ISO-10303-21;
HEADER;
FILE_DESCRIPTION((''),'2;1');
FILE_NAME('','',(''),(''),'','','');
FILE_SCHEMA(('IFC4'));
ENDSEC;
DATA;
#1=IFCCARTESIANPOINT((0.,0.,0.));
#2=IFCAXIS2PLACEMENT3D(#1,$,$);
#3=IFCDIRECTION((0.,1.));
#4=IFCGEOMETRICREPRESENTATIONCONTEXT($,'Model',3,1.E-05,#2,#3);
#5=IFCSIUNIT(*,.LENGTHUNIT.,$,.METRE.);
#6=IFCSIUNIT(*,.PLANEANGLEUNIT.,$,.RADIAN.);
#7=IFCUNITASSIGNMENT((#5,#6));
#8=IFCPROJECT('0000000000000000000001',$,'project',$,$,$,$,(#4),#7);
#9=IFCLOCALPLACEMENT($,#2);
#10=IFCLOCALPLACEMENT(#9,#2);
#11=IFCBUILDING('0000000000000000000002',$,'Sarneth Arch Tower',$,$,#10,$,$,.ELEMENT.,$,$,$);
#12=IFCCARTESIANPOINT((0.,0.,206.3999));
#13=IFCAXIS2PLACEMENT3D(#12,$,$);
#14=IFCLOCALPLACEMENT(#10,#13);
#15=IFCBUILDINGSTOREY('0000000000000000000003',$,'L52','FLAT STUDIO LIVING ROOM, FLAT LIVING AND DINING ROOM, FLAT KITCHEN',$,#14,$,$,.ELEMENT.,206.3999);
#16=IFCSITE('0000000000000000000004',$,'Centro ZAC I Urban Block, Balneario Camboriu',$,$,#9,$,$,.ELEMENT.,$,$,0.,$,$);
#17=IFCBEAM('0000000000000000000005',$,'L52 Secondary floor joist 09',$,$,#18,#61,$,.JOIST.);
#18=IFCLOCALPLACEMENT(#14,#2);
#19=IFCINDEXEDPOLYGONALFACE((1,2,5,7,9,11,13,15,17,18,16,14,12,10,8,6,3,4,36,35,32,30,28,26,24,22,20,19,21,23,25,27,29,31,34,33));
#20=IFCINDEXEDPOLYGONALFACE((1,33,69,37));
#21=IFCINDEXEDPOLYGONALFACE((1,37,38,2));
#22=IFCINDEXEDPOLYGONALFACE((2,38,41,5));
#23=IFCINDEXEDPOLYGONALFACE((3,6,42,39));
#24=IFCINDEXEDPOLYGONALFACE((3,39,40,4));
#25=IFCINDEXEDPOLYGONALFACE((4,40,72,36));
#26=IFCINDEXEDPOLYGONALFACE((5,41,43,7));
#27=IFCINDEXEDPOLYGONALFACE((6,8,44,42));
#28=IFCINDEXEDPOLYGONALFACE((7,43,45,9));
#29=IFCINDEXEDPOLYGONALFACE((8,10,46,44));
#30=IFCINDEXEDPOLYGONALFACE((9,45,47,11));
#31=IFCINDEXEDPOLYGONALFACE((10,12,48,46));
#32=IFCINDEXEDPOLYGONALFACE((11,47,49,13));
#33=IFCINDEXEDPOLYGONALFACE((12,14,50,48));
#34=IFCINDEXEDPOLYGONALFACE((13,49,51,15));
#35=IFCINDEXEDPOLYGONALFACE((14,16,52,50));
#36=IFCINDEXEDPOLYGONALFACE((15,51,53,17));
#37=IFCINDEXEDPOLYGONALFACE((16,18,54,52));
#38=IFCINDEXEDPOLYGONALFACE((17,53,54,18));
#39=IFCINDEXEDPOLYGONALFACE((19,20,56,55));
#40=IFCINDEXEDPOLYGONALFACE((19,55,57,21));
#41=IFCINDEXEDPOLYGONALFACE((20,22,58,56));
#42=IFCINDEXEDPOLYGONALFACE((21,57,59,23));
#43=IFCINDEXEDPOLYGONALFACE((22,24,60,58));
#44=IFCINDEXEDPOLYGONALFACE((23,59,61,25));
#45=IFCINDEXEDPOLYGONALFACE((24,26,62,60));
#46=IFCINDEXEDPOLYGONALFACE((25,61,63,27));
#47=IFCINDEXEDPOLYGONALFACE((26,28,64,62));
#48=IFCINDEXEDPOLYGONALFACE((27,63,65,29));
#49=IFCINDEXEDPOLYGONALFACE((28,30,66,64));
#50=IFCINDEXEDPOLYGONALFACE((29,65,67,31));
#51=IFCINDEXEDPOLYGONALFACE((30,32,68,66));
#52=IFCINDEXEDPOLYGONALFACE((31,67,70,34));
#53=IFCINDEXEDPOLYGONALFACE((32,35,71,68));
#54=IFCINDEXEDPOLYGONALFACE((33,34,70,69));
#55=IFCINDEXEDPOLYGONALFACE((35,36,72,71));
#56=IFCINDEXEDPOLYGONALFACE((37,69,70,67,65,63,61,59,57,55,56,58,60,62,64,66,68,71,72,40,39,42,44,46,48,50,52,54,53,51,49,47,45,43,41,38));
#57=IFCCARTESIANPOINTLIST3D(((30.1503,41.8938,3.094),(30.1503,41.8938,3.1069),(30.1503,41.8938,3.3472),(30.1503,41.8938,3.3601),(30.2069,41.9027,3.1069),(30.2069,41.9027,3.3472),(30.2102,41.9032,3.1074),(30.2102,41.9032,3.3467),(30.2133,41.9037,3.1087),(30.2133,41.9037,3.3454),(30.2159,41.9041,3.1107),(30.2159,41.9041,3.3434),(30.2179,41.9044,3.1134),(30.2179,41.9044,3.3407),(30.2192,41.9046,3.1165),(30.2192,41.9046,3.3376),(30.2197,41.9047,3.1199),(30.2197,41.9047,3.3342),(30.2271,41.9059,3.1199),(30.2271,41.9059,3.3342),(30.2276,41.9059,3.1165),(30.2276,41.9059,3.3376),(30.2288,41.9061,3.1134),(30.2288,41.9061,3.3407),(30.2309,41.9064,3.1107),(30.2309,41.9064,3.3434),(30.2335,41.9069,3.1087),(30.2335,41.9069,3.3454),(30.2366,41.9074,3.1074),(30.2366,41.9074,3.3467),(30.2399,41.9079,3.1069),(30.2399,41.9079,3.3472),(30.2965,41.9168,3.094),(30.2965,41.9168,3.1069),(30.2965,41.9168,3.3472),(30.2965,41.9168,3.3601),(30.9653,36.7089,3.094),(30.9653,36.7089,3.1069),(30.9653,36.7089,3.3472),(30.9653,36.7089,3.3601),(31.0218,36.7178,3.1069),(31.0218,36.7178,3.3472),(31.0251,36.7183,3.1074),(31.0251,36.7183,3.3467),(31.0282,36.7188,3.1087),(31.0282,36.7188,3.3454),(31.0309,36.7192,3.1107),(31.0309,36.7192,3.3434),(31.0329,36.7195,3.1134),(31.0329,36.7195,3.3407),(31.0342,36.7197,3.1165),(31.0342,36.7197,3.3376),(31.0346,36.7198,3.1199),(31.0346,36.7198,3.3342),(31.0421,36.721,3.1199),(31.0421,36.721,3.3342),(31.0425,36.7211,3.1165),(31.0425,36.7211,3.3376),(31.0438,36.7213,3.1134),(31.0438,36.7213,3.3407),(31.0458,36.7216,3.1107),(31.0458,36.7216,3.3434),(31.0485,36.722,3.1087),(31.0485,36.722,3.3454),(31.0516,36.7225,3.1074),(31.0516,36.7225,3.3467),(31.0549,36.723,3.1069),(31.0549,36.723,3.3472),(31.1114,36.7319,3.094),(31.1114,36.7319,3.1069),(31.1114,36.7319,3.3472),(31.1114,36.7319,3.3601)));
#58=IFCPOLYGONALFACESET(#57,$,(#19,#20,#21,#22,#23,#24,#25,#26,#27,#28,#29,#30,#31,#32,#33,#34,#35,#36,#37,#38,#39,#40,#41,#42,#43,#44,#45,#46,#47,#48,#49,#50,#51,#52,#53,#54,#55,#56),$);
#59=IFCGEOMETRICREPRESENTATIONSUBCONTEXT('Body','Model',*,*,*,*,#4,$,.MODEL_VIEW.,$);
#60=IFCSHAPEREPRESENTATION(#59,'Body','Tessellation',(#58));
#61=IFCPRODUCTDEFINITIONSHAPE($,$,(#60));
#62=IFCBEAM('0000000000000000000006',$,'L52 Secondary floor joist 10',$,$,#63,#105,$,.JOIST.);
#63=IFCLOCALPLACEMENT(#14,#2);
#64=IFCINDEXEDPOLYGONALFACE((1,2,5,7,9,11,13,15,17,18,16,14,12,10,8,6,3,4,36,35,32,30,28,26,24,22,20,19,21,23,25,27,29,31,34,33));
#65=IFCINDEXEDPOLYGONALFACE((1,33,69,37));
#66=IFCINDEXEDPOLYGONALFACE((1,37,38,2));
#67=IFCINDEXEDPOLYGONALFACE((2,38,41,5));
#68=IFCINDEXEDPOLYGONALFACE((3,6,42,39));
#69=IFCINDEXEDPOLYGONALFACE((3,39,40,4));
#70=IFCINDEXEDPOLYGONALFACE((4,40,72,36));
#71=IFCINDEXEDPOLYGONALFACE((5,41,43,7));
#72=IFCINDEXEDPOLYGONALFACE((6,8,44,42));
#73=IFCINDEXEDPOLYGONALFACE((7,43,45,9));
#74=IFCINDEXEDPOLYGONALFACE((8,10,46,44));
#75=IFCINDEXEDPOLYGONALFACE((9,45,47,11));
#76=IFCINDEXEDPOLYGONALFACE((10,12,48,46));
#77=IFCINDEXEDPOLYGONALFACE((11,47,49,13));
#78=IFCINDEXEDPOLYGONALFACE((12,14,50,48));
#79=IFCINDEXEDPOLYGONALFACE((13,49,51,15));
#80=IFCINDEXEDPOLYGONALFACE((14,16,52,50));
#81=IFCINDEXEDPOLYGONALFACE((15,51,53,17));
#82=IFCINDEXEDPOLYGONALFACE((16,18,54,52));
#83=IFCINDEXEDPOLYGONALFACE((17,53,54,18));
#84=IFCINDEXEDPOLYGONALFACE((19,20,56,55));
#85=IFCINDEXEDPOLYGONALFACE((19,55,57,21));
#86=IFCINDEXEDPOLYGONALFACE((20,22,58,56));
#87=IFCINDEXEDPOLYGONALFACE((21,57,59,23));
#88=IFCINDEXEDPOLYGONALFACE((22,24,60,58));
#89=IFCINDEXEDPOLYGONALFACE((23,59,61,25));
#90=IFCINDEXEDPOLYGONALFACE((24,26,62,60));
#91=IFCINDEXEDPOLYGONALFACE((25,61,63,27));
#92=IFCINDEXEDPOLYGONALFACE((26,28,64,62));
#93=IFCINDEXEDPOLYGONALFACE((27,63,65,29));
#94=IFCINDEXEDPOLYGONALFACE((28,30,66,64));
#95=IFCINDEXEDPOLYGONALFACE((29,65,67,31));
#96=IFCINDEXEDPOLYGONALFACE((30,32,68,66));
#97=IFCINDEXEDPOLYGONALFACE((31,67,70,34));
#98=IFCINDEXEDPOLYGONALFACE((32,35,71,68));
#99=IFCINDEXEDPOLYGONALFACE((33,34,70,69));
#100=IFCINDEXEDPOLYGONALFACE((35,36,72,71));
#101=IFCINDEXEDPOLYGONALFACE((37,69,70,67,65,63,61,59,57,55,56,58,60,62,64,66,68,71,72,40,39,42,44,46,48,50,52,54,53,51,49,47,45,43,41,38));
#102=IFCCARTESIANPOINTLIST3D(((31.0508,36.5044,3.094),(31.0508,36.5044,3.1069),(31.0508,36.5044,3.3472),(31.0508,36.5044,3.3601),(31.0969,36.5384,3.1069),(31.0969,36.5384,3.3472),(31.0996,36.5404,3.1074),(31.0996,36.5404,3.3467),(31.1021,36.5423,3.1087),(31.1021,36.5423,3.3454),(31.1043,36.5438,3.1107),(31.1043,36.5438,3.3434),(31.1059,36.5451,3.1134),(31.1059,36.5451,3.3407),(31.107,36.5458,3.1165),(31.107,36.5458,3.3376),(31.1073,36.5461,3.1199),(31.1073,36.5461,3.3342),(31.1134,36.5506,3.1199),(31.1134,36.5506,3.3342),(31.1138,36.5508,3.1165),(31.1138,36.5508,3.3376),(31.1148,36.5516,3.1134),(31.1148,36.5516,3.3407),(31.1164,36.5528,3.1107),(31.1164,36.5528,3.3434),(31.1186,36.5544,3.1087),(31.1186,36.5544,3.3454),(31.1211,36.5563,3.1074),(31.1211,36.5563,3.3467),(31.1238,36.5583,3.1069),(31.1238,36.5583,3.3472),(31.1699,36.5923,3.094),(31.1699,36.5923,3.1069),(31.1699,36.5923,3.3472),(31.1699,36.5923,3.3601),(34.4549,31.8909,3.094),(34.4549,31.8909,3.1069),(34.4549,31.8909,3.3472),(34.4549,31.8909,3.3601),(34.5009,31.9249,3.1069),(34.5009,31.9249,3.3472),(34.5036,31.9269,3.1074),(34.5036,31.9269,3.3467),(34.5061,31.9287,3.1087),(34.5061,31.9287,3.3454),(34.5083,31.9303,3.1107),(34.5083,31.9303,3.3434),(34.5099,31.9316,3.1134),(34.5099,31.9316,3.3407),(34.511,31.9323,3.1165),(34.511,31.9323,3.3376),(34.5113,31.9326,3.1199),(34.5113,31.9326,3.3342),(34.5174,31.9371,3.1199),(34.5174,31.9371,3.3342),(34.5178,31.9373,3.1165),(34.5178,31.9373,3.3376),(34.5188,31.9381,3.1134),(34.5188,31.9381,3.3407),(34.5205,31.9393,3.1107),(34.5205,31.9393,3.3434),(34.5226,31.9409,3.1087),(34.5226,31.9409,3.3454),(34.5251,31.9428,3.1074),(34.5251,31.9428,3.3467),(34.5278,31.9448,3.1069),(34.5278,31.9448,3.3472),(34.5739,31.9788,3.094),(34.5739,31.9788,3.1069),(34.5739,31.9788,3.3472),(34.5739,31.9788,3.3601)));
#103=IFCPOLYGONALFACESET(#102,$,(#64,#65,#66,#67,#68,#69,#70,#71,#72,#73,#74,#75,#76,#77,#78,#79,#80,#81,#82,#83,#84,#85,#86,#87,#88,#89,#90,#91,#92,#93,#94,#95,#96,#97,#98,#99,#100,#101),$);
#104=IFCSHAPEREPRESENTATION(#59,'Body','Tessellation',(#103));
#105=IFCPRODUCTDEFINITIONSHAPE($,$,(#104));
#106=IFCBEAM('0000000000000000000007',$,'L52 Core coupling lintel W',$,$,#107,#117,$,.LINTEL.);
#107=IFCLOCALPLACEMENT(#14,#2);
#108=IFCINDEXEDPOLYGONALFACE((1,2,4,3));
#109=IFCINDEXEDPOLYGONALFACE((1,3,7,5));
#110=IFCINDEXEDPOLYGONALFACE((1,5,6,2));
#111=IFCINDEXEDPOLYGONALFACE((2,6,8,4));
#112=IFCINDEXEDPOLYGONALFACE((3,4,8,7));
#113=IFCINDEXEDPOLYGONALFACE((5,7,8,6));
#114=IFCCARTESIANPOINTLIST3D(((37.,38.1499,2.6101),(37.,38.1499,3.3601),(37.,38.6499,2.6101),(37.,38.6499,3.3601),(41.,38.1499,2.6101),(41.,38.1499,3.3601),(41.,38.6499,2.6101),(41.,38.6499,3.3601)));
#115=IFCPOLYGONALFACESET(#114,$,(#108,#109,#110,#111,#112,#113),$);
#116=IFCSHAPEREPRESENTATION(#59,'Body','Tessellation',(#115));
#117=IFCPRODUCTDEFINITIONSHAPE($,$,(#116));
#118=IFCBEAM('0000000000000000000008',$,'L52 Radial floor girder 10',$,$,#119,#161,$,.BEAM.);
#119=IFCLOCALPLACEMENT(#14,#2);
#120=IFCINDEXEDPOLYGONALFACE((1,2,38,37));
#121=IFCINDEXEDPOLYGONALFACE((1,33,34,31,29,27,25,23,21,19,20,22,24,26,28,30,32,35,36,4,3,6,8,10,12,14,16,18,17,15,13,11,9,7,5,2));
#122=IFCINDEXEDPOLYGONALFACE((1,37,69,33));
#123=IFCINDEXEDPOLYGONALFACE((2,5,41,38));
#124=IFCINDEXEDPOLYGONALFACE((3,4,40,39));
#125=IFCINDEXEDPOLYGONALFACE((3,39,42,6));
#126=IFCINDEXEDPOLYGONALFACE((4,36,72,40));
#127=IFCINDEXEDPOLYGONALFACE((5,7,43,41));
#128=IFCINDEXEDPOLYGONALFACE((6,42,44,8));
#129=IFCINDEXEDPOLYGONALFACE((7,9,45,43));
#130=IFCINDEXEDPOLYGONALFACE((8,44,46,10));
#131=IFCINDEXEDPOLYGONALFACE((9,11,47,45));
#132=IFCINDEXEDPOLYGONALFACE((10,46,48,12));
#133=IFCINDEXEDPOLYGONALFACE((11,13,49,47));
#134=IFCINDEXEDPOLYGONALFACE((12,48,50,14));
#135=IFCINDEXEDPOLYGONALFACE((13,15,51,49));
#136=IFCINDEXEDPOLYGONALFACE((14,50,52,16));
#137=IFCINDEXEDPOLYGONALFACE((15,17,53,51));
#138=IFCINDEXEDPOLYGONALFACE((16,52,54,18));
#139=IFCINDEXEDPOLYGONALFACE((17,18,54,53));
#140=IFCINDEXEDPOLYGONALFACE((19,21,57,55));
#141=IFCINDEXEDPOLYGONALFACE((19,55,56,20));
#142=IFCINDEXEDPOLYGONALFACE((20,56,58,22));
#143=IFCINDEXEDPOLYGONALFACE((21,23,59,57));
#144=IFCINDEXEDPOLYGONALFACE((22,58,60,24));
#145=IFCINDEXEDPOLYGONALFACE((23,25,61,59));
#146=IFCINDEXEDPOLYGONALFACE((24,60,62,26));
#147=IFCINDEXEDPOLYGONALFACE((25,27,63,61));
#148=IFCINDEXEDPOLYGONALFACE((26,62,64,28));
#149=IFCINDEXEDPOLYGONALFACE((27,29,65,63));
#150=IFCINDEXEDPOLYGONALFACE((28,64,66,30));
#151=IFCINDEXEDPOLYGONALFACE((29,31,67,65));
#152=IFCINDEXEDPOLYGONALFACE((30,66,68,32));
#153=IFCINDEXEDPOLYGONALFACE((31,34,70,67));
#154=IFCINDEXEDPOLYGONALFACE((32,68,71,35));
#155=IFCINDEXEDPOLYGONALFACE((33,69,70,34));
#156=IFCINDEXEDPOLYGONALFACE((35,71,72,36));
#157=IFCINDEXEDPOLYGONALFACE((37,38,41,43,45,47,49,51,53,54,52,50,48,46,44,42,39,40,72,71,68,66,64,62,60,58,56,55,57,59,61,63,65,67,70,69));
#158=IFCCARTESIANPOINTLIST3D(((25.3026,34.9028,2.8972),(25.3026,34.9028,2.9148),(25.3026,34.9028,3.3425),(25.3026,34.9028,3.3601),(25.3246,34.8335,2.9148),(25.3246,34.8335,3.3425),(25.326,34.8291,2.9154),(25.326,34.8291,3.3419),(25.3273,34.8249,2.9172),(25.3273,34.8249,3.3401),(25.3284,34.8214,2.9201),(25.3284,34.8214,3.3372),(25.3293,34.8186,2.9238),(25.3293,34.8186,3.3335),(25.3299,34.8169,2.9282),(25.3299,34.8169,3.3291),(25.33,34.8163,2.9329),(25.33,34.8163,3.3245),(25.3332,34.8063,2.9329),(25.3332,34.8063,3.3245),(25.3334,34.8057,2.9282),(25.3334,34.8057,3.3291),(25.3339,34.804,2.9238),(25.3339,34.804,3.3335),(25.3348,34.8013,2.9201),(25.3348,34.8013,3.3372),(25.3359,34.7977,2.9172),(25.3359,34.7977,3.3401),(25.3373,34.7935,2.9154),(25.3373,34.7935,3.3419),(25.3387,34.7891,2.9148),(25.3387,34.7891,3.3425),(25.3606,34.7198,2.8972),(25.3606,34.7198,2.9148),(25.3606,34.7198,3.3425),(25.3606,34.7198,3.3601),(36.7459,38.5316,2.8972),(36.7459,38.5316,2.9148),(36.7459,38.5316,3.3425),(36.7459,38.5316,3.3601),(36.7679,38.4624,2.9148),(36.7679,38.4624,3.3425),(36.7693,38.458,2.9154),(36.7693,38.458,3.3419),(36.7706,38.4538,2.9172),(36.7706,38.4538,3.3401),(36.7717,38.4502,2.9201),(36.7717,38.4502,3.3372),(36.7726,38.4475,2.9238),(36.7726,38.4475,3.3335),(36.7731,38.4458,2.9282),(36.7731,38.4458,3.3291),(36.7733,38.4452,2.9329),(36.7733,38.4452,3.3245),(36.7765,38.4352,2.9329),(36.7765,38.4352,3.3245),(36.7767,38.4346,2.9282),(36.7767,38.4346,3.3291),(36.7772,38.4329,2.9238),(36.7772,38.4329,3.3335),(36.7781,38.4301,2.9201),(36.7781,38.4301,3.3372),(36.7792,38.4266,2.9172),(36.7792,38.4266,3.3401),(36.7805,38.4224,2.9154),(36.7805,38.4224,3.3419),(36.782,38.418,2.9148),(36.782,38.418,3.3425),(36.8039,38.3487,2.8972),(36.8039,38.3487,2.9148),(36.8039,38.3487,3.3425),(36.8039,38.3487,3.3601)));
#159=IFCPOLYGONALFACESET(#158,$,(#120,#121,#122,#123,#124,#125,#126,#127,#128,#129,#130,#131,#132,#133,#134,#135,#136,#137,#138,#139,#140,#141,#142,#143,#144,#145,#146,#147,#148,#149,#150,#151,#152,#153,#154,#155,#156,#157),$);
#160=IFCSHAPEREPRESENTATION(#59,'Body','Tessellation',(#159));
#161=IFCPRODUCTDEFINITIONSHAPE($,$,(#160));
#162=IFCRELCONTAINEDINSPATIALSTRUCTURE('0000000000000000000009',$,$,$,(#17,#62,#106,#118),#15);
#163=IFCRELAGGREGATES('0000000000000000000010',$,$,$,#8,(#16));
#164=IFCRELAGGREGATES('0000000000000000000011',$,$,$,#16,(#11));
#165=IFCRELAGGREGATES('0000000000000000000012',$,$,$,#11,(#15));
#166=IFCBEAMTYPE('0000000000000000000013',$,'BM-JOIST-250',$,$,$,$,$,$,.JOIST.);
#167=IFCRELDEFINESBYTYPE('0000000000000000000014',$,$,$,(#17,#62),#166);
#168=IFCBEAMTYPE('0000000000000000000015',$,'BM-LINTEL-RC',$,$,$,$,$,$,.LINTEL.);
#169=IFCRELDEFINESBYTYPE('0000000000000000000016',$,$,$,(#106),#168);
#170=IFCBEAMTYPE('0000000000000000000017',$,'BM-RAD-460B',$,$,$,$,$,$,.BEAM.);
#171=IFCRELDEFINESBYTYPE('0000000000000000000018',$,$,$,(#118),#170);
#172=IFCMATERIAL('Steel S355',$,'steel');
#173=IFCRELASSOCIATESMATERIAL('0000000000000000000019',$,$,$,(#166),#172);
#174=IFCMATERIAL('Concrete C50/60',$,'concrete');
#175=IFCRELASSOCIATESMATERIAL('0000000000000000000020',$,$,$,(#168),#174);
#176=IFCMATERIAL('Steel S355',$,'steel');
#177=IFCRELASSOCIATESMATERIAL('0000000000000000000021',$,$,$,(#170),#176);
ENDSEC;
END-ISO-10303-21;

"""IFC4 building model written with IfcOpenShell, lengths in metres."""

from ifc_helpers import new_model, si_unit, direction, frame, origin, origin_2d, place, context, subcontext, project, spatial, rectangle, i_section, extrude, material, material_profile, profile_set, type_object, element, save


model = new_model("IFC4")

# Units and contexts
model_context = context("Model", 3, precision=1e-05, world=origin(), true_north=direction((0.0, 1.0)))
body_context = subcontext(model_context, "Body", "Model", "MODEL_VIEW")
ifc_project = project(units=[si_unit("LENGTHUNIT", "METRE"), si_unit("PLANEANGLEUNIT", "RADIAN")], contexts=[model_context])

# Site, building, storey
site_placement = place(None, origin())
site = spatial("IfcSite", under=ifc_project, at=site_placement, Name="Centro ZAC I Urban Block, Balneario Camboriu", CompositionType="ELEMENT", RefElevation=0.0)
building_placement = place(site_placement, origin())
building = spatial("IfcBuilding", under=site, at=building_placement, Name="Sarneth Arch Tower", CompositionType="ELEMENT")
storey_placement = place(building_placement, frame((0.0, 0.0, 206.3999)))
storey = spatial("IfcBuildingStorey", under=building, at=storey_placement, Name="L52", Description="FLAT STUDIO LIVING ROOM, FLAT LIVING AND DINING ROOM, FLAT KITCHEN", CompositionType="ELEMENT", Elevation=206.3999)

# Beams
ifc_material_1 = material(Name="Steel S355", Category="steel")
ifc_material_profile_1 = material_profile(ifc_material_1, i_section(OverallWidth=0.1479, OverallDepth=0.2661, WebThickness=0.0076, FlangeThickness=0.0129, FilletRadius=0.0129, at=origin_2d()), Name="W250x44.8")
ifc_profile_set_1 = profile_set([ifc_material_profile_1], Name="Steel S355")
beam_type_1 = type_object("IfcBeamType", Name="BM-JOIST-250", PredefinedType="JOIST", material=ifc_profile_set_1)
beam_1_placement = place(storey_placement, frame((30.2234, 41.9053, 3.2271), z_axis=(0.155272, -0.987872, 0.0), x_axis=(0.987872, 0.155272, 0.0)))
element("IfcBeam", 1, at=beam_1_placement, inside=storey, type_object=beam_type_1, Name="L52 Secondary floor joist 09", PredefinedType="JOIST", context=body_context, shape_type="SweptSolid", body=[
    extrude(i_section(OverallWidth=0.1479, OverallDepth=0.2661, WebThickness=0.0076, FlangeThickness=0.0129, FilletRadius=0.0129, at=origin_2d()), origin(), (0.0, 0.0, 1.0), 5.2485),
])
beam_2_placement = place(storey_placement, frame((31.1104, 36.5483, 3.2271), z_axis=(0.59372, -0.804671, 0.0), x_axis=(0.804671, 0.59372, 0.0)))
element("IfcBeam", 2, at=beam_2_placement, inside=storey, type_object=beam_type_1, Name="L52 Secondary floor joist 10", PredefinedType="JOIST", context=body_context, shape_type="SweptSolid", body=[
    extrude(i_section(OverallWidth=0.1479, OverallDepth=0.2661, WebThickness=0.0076, FlangeThickness=0.0129, FilletRadius=0.0129, at=origin_2d()), origin(), (0.0, 0.0, 1.0), 5.7334),
])
ifc_material_2 = material(Name="Concrete C50/60", Category="concrete")
ifc_material_profile_2 = material_profile(ifc_material_2, rectangle(XDim=0.5, YDim=0.75, at=origin_2d()), Name="RC-500x750")
ifc_profile_set_2 = profile_set([ifc_material_profile_2], Name="Concrete C50/60")
beam_type_2 = type_object("IfcBeamType", Name="BM-LINTEL-RC", PredefinedType="LINTEL", material=ifc_profile_set_2)
beam_3_placement = place(storey_placement, frame((37.0, 38.3999, 2.9851), z_axis=(1.0, 0.0, 0.0), x_axis=(0.0, 1.0, 0.0)))
element("IfcBeam", 3, at=beam_3_placement, inside=storey, type_object=beam_type_2, Name="L52 Core coupling lintel W", PredefinedType="LINTEL", context=body_context, shape_type="SweptSolid", body=[
    extrude(rectangle(XDim=0.5, YDim=0.75, at=origin_2d()), origin(), (0.0, 0.0, 1.0), 4.0),
])
ifc_material_3 = material(Name="Steel S355", Category="steel")
ifc_material_profile_3 = material_profile(ifc_material_3, i_section(OverallWidth=0.1919, OverallDepth=0.4629, WebThickness=0.0105, FlangeThickness=0.0176, FilletRadius=0.0181, at=origin_2d()), Name="W460x89")
ifc_profile_set_3 = profile_set([ifc_material_profile_3], Name="Steel S355")
beam_type_3 = type_object("IfcBeamType", Name="BM-RAD-460B", PredefinedType="BEAM", material=ifc_profile_set_3)
beam_4_placement = place(storey_placement, frame((36.7749, 38.4402, 3.1287), z_axis=(-0.953218, -0.302284, 0.0), x_axis=(0.302284, -0.953218, 0.0)))
element("IfcBeam", 4, at=beam_4_placement, inside=storey, type_object=beam_type_3, Name="L52 Radial floor girder 10", PredefinedType="BEAM", context=body_context, shape_type="SweptSolid", body=[
    extrude(i_section(OverallWidth=0.1919, OverallDepth=0.4629, WebThickness=0.0105, FlangeThickness=0.0176, FilletRadius=0.0181, at=origin_2d()), origin(), (0.0, 0.0, 1.0), 12.0049),
])

save(model, "model.ifc")
